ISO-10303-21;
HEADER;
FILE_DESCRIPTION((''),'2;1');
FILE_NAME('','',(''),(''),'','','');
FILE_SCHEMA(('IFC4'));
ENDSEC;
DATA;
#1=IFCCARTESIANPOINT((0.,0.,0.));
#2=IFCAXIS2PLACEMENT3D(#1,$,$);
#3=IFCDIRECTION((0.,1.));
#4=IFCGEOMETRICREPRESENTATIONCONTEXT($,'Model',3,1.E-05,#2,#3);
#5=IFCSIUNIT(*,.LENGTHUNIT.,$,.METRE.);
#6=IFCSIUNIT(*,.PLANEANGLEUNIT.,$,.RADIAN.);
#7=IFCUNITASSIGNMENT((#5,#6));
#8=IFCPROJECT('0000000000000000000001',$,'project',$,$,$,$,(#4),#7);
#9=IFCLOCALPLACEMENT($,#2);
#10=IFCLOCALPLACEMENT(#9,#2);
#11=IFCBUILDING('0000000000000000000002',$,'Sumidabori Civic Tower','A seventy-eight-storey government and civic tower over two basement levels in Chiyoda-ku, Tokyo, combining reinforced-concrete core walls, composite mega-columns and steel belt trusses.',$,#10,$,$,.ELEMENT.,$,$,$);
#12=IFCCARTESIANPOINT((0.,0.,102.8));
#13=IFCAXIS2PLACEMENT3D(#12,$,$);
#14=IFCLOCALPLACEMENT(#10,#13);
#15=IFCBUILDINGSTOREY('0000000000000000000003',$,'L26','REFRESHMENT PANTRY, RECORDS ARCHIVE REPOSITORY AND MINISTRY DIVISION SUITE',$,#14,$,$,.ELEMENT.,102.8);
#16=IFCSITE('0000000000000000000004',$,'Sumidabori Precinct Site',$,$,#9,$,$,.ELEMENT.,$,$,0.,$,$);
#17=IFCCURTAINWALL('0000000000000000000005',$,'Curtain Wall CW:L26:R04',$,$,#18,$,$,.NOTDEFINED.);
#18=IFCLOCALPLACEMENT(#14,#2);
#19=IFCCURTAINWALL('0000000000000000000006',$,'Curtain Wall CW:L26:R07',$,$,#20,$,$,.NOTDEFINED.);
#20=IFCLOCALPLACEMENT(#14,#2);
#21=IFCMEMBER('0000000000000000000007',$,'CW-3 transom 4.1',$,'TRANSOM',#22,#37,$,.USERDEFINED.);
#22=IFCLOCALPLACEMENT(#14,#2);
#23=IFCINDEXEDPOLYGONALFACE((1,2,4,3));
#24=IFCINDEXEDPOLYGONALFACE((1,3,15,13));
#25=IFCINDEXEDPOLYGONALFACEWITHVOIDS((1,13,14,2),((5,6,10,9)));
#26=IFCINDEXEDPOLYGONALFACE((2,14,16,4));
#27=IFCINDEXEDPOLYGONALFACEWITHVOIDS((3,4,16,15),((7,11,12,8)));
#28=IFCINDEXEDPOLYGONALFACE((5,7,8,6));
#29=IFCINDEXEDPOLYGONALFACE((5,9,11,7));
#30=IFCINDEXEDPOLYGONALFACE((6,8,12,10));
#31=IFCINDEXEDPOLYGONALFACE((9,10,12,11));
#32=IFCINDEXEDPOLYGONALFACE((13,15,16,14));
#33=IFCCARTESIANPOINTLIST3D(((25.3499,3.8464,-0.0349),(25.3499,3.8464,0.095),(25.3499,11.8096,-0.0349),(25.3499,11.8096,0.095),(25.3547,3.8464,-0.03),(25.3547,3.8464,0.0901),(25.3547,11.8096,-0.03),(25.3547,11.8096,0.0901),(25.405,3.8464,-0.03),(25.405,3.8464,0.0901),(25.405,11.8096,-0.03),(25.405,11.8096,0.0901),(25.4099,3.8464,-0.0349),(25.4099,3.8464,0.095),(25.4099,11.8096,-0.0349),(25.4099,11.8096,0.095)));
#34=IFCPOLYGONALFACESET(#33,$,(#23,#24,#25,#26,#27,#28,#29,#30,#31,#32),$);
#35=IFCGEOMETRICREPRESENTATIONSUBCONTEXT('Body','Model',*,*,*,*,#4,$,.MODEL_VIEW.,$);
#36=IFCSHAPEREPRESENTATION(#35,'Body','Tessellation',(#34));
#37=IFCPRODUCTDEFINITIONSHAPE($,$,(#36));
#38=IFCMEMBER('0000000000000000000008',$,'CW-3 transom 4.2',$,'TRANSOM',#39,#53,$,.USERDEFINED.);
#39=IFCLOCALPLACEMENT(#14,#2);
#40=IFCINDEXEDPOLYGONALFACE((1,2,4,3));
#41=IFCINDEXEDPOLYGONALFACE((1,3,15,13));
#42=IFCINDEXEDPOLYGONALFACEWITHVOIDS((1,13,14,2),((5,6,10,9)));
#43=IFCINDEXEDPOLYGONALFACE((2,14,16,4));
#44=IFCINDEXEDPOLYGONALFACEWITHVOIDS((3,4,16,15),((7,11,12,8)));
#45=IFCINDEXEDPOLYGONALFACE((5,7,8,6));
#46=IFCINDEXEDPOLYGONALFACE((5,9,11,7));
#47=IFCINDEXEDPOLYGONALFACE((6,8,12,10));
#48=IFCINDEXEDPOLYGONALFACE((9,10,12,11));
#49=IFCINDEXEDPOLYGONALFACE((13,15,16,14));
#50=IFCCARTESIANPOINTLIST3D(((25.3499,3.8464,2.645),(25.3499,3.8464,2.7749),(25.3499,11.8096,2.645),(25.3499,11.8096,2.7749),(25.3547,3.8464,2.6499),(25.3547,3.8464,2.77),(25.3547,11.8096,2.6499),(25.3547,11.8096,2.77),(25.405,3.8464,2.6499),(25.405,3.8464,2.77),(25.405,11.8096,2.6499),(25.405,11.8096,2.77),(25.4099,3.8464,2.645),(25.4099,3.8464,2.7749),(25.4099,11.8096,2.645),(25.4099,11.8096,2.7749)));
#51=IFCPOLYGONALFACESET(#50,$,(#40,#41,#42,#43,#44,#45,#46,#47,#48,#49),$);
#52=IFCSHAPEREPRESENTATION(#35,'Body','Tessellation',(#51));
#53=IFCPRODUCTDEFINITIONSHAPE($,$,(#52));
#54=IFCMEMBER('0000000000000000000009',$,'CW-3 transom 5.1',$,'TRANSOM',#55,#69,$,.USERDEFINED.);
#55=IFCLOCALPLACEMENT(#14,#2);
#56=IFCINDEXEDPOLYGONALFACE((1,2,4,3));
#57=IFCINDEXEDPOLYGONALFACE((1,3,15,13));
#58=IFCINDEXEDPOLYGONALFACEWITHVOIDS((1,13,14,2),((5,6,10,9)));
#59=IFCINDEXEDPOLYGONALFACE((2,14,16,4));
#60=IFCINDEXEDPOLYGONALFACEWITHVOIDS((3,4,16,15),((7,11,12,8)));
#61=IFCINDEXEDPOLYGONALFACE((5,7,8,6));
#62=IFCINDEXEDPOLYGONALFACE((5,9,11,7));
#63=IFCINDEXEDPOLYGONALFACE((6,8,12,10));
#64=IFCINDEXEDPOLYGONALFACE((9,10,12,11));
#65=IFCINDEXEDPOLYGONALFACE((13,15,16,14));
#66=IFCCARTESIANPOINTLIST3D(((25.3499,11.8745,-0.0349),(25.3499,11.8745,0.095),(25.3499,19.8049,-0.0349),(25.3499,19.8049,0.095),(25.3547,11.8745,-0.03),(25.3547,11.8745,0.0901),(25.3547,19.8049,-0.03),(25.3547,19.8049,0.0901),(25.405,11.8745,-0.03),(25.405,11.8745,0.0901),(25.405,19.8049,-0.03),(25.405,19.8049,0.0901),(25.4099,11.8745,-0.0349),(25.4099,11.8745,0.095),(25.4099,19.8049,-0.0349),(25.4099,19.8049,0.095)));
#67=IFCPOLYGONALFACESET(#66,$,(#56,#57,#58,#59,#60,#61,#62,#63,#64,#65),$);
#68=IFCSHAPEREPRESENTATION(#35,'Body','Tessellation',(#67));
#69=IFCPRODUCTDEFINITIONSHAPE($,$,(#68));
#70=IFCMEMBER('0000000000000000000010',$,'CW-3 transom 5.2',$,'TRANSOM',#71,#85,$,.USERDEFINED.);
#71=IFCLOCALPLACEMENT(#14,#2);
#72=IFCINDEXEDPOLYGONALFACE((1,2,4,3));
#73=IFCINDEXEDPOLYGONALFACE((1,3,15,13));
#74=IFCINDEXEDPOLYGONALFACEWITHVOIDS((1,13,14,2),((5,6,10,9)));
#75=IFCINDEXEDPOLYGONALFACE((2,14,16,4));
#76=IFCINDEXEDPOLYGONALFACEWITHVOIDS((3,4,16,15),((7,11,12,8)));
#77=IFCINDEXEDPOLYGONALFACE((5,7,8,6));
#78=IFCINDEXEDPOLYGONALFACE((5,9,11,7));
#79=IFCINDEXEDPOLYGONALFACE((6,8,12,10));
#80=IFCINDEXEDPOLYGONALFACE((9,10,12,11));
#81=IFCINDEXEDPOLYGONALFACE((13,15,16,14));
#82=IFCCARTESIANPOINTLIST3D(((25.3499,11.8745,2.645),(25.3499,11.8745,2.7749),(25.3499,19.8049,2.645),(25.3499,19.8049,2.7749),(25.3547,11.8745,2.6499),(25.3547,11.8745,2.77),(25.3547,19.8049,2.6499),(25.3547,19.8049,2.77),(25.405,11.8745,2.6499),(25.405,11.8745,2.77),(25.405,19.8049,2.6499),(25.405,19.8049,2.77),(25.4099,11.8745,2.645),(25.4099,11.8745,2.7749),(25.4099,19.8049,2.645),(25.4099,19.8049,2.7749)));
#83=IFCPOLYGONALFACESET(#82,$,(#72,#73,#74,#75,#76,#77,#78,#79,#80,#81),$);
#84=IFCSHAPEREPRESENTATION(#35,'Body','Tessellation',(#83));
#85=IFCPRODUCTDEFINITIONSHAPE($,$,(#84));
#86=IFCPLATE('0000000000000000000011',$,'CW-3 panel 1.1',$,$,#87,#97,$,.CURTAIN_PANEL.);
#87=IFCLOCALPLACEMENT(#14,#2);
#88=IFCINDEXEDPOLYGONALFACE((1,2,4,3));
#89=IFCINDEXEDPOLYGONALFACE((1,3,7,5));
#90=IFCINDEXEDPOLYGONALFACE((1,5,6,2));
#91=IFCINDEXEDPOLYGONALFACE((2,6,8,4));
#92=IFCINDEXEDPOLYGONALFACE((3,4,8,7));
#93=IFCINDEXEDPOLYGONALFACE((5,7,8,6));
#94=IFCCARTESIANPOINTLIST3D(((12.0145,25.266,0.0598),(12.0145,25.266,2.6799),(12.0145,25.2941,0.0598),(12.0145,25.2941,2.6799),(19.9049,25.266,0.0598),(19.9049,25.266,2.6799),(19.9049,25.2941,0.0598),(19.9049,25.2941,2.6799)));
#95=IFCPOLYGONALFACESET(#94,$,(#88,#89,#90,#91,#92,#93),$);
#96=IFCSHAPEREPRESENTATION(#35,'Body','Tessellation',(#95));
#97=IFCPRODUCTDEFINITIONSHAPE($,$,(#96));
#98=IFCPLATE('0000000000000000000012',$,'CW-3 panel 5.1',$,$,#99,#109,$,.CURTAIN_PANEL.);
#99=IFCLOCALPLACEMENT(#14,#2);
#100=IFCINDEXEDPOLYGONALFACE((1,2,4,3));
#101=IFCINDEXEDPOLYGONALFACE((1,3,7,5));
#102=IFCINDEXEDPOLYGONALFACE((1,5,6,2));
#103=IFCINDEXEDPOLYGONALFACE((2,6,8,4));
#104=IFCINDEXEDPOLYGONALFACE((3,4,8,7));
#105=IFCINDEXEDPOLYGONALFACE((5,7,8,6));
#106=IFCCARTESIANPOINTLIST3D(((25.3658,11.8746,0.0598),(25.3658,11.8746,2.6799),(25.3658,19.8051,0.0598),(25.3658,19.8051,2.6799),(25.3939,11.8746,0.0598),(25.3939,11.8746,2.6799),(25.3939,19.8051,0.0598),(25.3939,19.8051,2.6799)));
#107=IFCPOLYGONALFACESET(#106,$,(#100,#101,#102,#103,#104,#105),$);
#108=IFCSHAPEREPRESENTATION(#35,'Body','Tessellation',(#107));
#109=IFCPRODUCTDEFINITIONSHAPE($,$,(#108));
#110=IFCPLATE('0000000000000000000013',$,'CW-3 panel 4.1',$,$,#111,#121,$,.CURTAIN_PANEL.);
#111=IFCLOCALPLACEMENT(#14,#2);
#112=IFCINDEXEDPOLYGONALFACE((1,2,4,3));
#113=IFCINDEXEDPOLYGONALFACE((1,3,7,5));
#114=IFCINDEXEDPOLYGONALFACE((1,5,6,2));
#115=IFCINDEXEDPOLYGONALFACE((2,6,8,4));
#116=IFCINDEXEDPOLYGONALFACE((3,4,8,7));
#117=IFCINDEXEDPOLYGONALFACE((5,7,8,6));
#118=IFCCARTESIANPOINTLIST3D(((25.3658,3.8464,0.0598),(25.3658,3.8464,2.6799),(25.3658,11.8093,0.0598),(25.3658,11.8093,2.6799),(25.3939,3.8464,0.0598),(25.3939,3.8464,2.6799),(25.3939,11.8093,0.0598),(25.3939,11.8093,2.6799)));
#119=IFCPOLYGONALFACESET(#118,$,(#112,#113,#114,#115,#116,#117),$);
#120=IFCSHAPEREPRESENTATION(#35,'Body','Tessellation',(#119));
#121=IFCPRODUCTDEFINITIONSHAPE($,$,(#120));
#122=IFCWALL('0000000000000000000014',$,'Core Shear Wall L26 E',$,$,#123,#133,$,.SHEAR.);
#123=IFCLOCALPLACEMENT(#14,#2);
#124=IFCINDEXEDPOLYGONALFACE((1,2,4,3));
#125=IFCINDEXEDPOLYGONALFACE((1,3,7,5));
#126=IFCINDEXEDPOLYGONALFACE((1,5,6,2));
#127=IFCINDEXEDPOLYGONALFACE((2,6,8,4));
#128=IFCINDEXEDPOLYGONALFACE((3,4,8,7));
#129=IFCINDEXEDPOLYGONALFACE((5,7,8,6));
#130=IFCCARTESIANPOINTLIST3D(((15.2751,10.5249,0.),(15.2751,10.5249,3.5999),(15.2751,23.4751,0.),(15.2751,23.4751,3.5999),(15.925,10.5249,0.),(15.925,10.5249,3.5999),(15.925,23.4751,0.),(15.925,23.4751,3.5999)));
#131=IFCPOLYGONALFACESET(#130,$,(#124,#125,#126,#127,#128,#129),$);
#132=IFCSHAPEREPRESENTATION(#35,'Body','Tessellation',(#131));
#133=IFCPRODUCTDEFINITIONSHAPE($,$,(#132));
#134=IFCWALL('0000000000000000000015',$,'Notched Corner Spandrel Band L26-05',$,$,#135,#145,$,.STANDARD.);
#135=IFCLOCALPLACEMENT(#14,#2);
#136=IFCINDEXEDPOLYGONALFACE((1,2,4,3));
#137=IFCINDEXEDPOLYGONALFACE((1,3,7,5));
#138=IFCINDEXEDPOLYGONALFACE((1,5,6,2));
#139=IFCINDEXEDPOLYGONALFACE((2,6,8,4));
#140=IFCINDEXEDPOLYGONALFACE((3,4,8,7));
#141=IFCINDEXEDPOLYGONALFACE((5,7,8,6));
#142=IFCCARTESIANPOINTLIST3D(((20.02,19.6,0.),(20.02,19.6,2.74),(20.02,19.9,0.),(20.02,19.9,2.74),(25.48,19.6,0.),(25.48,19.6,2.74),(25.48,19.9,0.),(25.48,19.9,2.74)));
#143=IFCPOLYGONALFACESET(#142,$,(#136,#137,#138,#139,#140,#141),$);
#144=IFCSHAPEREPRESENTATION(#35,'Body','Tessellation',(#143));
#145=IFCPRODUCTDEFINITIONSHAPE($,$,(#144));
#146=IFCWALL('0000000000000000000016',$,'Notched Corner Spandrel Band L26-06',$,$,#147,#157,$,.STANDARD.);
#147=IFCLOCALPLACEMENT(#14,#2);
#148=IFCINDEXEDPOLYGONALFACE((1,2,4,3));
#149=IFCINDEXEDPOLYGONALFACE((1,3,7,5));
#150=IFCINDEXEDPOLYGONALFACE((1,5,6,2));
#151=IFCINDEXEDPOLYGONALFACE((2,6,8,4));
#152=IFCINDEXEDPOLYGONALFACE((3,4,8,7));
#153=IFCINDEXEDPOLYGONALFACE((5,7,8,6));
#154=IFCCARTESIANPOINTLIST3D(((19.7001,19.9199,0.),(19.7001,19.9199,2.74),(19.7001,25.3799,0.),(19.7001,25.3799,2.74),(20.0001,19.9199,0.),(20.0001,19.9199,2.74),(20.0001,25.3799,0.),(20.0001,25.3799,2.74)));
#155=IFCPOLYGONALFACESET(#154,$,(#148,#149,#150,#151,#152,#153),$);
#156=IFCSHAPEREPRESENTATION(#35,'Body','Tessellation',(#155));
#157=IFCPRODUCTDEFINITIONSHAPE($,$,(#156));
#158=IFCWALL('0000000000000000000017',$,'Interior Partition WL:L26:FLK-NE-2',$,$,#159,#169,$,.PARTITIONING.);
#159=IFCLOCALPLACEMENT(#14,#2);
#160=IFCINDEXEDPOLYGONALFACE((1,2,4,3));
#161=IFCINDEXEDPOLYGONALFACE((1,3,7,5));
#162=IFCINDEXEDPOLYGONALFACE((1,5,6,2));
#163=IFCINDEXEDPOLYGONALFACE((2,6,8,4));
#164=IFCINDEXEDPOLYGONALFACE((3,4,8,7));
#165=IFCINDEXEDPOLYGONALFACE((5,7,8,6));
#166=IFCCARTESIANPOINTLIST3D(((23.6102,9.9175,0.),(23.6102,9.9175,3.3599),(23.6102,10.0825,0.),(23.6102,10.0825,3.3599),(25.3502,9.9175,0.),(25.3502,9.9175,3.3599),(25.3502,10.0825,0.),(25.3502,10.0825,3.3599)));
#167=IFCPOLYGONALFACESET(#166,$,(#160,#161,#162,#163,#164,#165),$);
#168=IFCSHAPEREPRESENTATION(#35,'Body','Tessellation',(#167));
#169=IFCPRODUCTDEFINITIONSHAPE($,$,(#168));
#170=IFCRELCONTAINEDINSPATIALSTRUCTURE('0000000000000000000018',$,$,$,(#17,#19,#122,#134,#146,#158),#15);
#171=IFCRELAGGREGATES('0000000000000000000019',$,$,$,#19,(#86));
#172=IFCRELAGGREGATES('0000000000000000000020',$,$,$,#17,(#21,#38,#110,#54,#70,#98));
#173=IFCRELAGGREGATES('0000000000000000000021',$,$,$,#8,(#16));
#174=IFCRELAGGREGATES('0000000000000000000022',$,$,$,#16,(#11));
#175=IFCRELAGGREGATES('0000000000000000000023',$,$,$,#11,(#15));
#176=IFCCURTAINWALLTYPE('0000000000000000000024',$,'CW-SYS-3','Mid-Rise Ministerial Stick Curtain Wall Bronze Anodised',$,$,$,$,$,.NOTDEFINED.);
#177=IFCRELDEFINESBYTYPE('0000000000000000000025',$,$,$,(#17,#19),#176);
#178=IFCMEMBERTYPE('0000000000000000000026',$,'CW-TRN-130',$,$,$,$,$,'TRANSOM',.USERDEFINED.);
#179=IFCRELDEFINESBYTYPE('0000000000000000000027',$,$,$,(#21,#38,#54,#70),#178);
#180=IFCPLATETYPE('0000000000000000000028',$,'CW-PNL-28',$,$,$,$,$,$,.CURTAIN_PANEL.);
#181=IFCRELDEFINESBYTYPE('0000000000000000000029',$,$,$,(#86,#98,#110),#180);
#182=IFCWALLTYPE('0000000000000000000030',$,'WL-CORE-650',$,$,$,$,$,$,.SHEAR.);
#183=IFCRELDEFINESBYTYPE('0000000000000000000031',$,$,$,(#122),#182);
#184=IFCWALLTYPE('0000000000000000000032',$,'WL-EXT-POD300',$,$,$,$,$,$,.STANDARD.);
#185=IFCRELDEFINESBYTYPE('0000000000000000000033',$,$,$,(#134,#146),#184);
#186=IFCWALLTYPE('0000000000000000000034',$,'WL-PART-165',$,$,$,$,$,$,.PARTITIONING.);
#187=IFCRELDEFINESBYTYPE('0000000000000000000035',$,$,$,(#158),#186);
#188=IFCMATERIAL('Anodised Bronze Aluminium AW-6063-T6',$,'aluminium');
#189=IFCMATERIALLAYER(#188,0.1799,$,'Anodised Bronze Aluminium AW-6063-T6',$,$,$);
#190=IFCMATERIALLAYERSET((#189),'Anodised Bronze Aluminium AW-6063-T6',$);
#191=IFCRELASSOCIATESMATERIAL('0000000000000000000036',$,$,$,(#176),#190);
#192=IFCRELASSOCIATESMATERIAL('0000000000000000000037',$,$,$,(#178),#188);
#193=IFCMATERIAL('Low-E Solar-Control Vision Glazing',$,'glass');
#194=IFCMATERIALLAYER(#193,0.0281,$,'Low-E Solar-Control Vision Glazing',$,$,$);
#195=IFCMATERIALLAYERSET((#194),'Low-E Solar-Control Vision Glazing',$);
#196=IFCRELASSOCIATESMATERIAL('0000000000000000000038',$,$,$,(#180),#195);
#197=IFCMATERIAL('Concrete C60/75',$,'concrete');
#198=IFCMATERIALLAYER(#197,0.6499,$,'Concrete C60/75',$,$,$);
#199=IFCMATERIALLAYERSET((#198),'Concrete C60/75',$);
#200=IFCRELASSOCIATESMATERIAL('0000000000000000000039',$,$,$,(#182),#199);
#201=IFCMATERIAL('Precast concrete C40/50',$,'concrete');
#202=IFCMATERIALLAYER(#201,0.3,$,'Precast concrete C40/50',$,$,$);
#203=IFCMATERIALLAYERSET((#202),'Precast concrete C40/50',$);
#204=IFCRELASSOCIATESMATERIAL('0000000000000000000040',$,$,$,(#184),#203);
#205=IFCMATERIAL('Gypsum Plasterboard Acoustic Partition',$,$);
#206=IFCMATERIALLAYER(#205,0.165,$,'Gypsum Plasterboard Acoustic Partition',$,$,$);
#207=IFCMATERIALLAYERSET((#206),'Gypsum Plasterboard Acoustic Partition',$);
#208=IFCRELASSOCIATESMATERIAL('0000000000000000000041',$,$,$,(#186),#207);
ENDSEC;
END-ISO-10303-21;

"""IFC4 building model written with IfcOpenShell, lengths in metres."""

from ifc_helpers import new_model, si_unit, direction, frame, frame_2d, origin, origin_2d, place, context, subcontext, project, spatial, rectangle, hollow_rectangle, extrude, source, transform, mapped, material, layer, layer_set, material_profile, profile_set, type_object, element, aggregate, save


model = new_model("IFC4")

# Units and contexts
model_context = context("Model", 3, precision=1e-05, world=origin(), true_north=direction((0.0, 1.0)))
body_context = subcontext(model_context, "Body", "Model", "MODEL_VIEW")
ifc_project = project(units=[si_unit("LENGTHUNIT", "METRE"), si_unit("PLANEANGLEUNIT", "RADIAN")], contexts=[model_context])

# Site, building, storey
site_placement = place(None, origin())
site = spatial("IfcSite", under=ifc_project, at=site_placement, Name="Sumidabori Precinct Site", CompositionType="ELEMENT", RefElevation=0.0)
building_placement = place(site_placement, origin())
building = spatial("IfcBuilding", under=site, at=building_placement, Name="Sumidabori Civic Tower", Description="A seventy-eight-storey government and civic tower over two basement levels in Chiyoda-ku, Tokyo, combining reinforced-concrete core walls, composite mega-columns and steel belt trusses.", CompositionType="ELEMENT")
storey_placement = place(building_placement, frame((0.0, 0.0, 102.8)))
storey = spatial("IfcBuildingStorey", under=building, at=storey_placement, Name="L26", Description="REFRESHMENT PANTRY, RECORDS ARCHIVE REPOSITORY AND MINISTRY DIVISION SUITE", CompositionType="ELEMENT", Elevation=102.8)

# Shared definitions
ifc_material_1 = material(Name="Concrete C60/75", Category="concrete")

# Curtain walls
ifc_material_2 = material(Name="Anodised Bronze Aluminium AW-6063-T6", Category="aluminium")
ifc_layer_1 = layer(ifc_material_2, 0.1799, Name="Anodised Bronze Aluminium AW-6063-T6")
ifc_layer_set_1 = layer_set([ifc_layer_1], Name="Anodised Bronze Aluminium AW-6063-T6")
curtain_wall_type = type_object("IfcCurtainWallType", Name="CW-SYS-3", Description="Mid-Rise Ministerial Stick Curtain Wall Bronze Anodised", PredefinedType="NOTDEFINED", material=ifc_layer_set_1)
curtain_wall_1_placement = place(storey_placement, origin())
curtain_wall_1 = element("IfcCurtainWall", 1, at=curtain_wall_1_placement, inside=storey, type_object=curtain_wall_type, Name="Curtain Wall CW:L26:R04", PredefinedType="NOTDEFINED")
curtain_wall_2_placement = place(storey_placement, origin())
curtain_wall_2 = element("IfcCurtainWall", 2, at=curtain_wall_2_placement, inside=storey, type_object=curtain_wall_type, Name="Curtain Wall CW:L26:R07", PredefinedType="NOTDEFINED")
ifc_material_profile_1 = material_profile(ifc_material_2, hollow_rectangle(XDim=0.0601, YDim=0.1299, WallThickness=0.0049, at=origin_2d()), Name="ALU TRANSOM 130x60")
ifc_profile_set_1 = profile_set([ifc_material_profile_1], Name="Anodised Bronze Aluminium AW-6063-T6")
member_type_1 = type_object("IfcMemberType", Name="CW-TRN-130", ElementType="TRANSOM", PredefinedType="USERDEFINED", material=ifc_profile_set_1)

# Members
shared_shape_1 = source(origin(), body_context, "Body", "SweptSolid", [
    extrude(hollow_rectangle(XDim=0.0601, YDim=0.1299, WallThickness=0.0049, at=origin_2d()), origin(), (0.0, 0.0, 1.0), 7.9631),
])
member_1_placement = place(storey_placement, frame((25.3799, 3.8464, 0.03), z_axis=(0.0, 1.0, 0.0), x_axis=(-1.0, 0.0, 0.0)))
member_1 = element("IfcMember", 3, at=member_1_placement, type_object=member_type_1, Name="CW-3 transom 4.1", ObjectType="TRANSOM", PredefinedType="USERDEFINED", context=body_context, shape_type="MappedRepresentation", body=[
    mapped(shared_shape_1, transform((0.0, 0.0, 0.0), x_axis=(1.0, 0.0, 0.0), y_axis=(0.0, 1.0, 0.0), z_axis=(0.0, 0.0, 1.0), scale=1.0)),
])
member_2_placement = place(storey_placement, frame((25.3799, 3.8464, 2.71), z_axis=(0.0, 1.0, 0.0), x_axis=(-1.0, 0.0, 0.0)))
member_2 = element("IfcMember", 4, at=member_2_placement, type_object=member_type_1, Name="CW-3 transom 4.2", ObjectType="TRANSOM", PredefinedType="USERDEFINED", context=body_context, shape_type="MappedRepresentation", body=[
    mapped(shared_shape_1, transform((0.0, 0.0, 0.0), x_axis=(1.0, 0.0, 0.0), y_axis=(0.0, 1.0, 0.0), z_axis=(0.0, 0.0, 1.0), scale=1.0)),
])
shared_shape_2 = source(origin(), body_context, "Body", "SweptSolid", [
    extrude(hollow_rectangle(XDim=0.0601, YDim=0.1299, WallThickness=0.0049, at=origin_2d()), origin(), (0.0, 0.0, 1.0), 7.9304),
])
member_3_placement = place(storey_placement, frame((25.3799, 11.8745, 0.03), z_axis=(0.0, 1.0, 0.0), x_axis=(-1.0, 0.0, 0.0)))
member_3 = element("IfcMember", 5, at=member_3_placement, type_object=member_type_1, Name="CW-3 transom 5.1", ObjectType="TRANSOM", PredefinedType="USERDEFINED", context=body_context, shape_type="MappedRepresentation", body=[
    mapped(shared_shape_2, transform((0.0, 0.0, 0.0), x_axis=(1.0, 0.0, 0.0), y_axis=(0.0, 1.0, 0.0), z_axis=(0.0, 0.0, 1.0), scale=1.0)),
])
member_4_placement = place(storey_placement, frame((25.3799, 11.8745, 2.71), z_axis=(0.0, 1.0, 0.0), x_axis=(-1.0, 0.0, 0.0)))
member_4 = element("IfcMember", 6, at=member_4_placement, type_object=member_type_1, Name="CW-3 transom 5.2", ObjectType="TRANSOM", PredefinedType="USERDEFINED", context=body_context, shape_type="MappedRepresentation", body=[
    mapped(shared_shape_2, transform((0.0, 0.0, 0.0), x_axis=(1.0, 0.0, 0.0), y_axis=(0.0, 1.0, 0.0), z_axis=(0.0, 0.0, 1.0), scale=1.0)),
])

# Plates
ifc_material_3 = material(Name="Low-E Solar-Control Vision Glazing", Category="glass")
ifc_layer_2 = layer(ifc_material_3, 0.0281, Name="Low-E Solar-Control Vision Glazing")
ifc_layer_set_2 = layer_set([ifc_layer_2], Name="Low-E Solar-Control Vision Glazing")
plate_type = type_object("IfcPlateType", Name="CW-PNL-28", PredefinedType="CURTAIN_PANEL", material=ifc_layer_set_2)
shared_shape_3 = source(origin(), body_context, "Body", "SweptSolid", [
    extrude(rectangle(XDim=7.8904, YDim=0.0281, at=origin_2d()), origin(), (0.0, 0.0, 1.0), 2.6201),
])
plate_1_placement = place(storey_placement, frame((15.9597, 25.28, 0.0598), z_axis=(0.0, 0.0, 1.0), x_axis=(-1.0, 0.0, 0.0)))
plate_1 = element("IfcPlate", 7, at=plate_1_placement, type_object=plate_type, Name="CW-3 panel 1.1", PredefinedType="CURTAIN_PANEL", context=body_context, shape_type="MappedRepresentation", body=[
    mapped(shared_shape_3, transform((0.0, 0.0, 0.0), x_axis=(1.0, 0.0, 0.0), y_axis=(0.0, 1.0, 0.0), z_axis=(0.0, 0.0, 1.0), scale=1.0)),
])
aggregate(curtain_wall_2, [plate_1])
shared_shape_4 = source(origin(), body_context, "Body", "SweptSolid", [
    extrude(rectangle(XDim=7.9304, YDim=0.0281, at=origin_2d()), origin(), (0.0, 0.0, 1.0), 2.6201),
])
plate_2_placement = place(storey_placement, frame((25.3799, 15.8398, 0.0598), z_axis=(0.0, 0.0, 1.0), x_axis=(0.0, 1.0, 0.0)))
plate_2 = element("IfcPlate", 8, at=plate_2_placement, type_object=plate_type, Name="CW-3 panel 5.1", PredefinedType="CURTAIN_PANEL", context=body_context, shape_type="MappedRepresentation", body=[
    mapped(shared_shape_4, transform((0.0, 0.0, 0.0), x_axis=(1.0, 0.0, 0.0), y_axis=(0.0, 1.0, 0.0), z_axis=(0.0, 0.0, 1.0), scale=1.0)),
])
shared_shape_5 = source(origin(), body_context, "Body", "SweptSolid", [
    extrude(rectangle(XDim=7.9629, YDim=0.0281, at=origin_2d()), origin(), (0.0, 0.0, 1.0), 2.6201),
])
plate_3_placement = place(storey_placement, frame((25.3799, 7.8279, 0.0598), z_axis=(0.0, 0.0, 1.0), x_axis=(0.0, 1.0, 0.0)))
plate_3 = element("IfcPlate", 9, at=plate_3_placement, type_object=plate_type, Name="CW-3 panel 4.1", PredefinedType="CURTAIN_PANEL", context=body_context, shape_type="MappedRepresentation", body=[
    mapped(shared_shape_5, transform((0.0, 0.0, 0.0), x_axis=(1.0, 0.0, 0.0), y_axis=(0.0, 1.0, 0.0), z_axis=(0.0, 0.0, 1.0), scale=1.0)),
])
aggregate(curtain_wall_1, [member_1, member_2, plate_3, member_3, member_4, plate_2])

# Walls
ifc_layer_3 = layer(ifc_material_1, 0.6499, Name="Concrete C60/75")
ifc_layer_set_3 = layer_set([ifc_layer_3], Name="Concrete C60/75")
wall_type_1 = type_object("IfcWallType", Name="WL-CORE-650", PredefinedType="SHEAR", material=ifc_layer_set_3)
shared_shape_6 = source(origin(), body_context, "Body", "SweptSolid", [
    extrude(rectangle(XDim=12.9502, YDim=0.6499, at=frame_2d((6.4751, 0.0))), origin(), (0.0, 0.0, 1.0), 3.5999),
])
wall_1_placement = place(storey_placement, frame((15.6001, 10.5249, 0.0), z_axis=(0.0, 0.0, 1.0), x_axis=(0.0, 1.0, 0.0)))
element("IfcWall", 10, at=wall_1_placement, inside=storey, type_object=wall_type_1, Name="Core Shear Wall L26 E", PredefinedType="SHEAR", context=body_context, shape_type="MappedRepresentation", body=[
    mapped(shared_shape_6, transform((0.0, 0.0, 0.0), x_axis=(1.0, 0.0, 0.0), y_axis=(0.0, 1.0, 0.0), z_axis=(0.0, 0.0, 1.0), scale=1.0)),
])
ifc_material_4 = material(Name="Precast concrete C40/50", Category="concrete")
ifc_layer_4 = layer(ifc_material_4, 0.3, Name="Precast concrete C40/50")
ifc_layer_set_4 = layer_set([ifc_layer_4], Name="Precast concrete C40/50")
wall_type_2 = type_object("IfcWallType", Name="WL-EXT-POD300", PredefinedType="STANDARD", material=ifc_layer_set_4)
shared_shape_7 = source(origin(), body_context, "Body", "SweptSolid", [
    extrude(rectangle(XDim=5.46, YDim=0.3, at=frame_2d((2.73, 0.0))), origin(), (0.0, 0.0, 1.0), 2.74),
])
for number, where, z_axis, x_axis, name in (
    (11, (25.48, 19.75, 0.0), (0.0, 0.0, 1.0), (-1.0, 0.0, 0.0), "Notched Corner Spandrel Band L26-05"),
    (12, (19.8501, 19.9199, 0.0), (0.0, 0.0, 1.0), (0.0, 1.0, 0.0), "Notched Corner Spandrel Band L26-06"),
):
    element("IfcWall", number, at=place(storey_placement, frame(where, z_axis=z_axis, x_axis=x_axis)), inside=storey, type_object=wall_type_2, Name=name, PredefinedType="STANDARD", context=body_context, shape_type="MappedRepresentation", body=[
        mapped(shared_shape_7, transform((0.0, 0.0, 0.0), x_axis=(1.0, 0.0, 0.0), y_axis=(0.0, 1.0, 0.0), z_axis=(0.0, 0.0, 1.0), scale=1.0)),
    ])
ifc_material_5 = material(Name="Gypsum Plasterboard Acoustic Partition")
ifc_layer_5 = layer(ifc_material_5, 0.165, Name="Gypsum Plasterboard Acoustic Partition")
ifc_layer_set_5 = layer_set([ifc_layer_5], Name="Gypsum Plasterboard Acoustic Partition")
wall_type_3 = type_object("IfcWallType", Name="WL-PART-165", PredefinedType="PARTITIONING", material=ifc_layer_set_5)
shared_shape_8 = source(origin(), body_context, "Body", "SweptSolid", [
    extrude(rectangle(XDim=1.74, YDim=0.165, at=frame_2d((0.8701, 0.0))), origin(), (0.0, 0.0, 1.0), 3.3599),
])
wall_2_placement = place(storey_placement, frame((23.6101, 10.0, 0.0), z_axis=(0.0, 0.0, 1.0), x_axis=(1.0, 0.0, 0.0)))
element("IfcWall", 13, at=wall_2_placement, inside=storey, type_object=wall_type_3, Name="Interior Partition WL:L26:FLK-NE-2", PredefinedType="PARTITIONING", context=body_context, shape_type="MappedRepresentation", body=[
    mapped(shared_shape_8, transform((0.0, 0.0, 0.0), x_axis=(1.0, 0.0, 0.0), y_axis=(0.0, 1.0, 0.0), z_axis=(0.0, 0.0, 1.0), scale=1.0)),
])

save(model, "model.ifc")
